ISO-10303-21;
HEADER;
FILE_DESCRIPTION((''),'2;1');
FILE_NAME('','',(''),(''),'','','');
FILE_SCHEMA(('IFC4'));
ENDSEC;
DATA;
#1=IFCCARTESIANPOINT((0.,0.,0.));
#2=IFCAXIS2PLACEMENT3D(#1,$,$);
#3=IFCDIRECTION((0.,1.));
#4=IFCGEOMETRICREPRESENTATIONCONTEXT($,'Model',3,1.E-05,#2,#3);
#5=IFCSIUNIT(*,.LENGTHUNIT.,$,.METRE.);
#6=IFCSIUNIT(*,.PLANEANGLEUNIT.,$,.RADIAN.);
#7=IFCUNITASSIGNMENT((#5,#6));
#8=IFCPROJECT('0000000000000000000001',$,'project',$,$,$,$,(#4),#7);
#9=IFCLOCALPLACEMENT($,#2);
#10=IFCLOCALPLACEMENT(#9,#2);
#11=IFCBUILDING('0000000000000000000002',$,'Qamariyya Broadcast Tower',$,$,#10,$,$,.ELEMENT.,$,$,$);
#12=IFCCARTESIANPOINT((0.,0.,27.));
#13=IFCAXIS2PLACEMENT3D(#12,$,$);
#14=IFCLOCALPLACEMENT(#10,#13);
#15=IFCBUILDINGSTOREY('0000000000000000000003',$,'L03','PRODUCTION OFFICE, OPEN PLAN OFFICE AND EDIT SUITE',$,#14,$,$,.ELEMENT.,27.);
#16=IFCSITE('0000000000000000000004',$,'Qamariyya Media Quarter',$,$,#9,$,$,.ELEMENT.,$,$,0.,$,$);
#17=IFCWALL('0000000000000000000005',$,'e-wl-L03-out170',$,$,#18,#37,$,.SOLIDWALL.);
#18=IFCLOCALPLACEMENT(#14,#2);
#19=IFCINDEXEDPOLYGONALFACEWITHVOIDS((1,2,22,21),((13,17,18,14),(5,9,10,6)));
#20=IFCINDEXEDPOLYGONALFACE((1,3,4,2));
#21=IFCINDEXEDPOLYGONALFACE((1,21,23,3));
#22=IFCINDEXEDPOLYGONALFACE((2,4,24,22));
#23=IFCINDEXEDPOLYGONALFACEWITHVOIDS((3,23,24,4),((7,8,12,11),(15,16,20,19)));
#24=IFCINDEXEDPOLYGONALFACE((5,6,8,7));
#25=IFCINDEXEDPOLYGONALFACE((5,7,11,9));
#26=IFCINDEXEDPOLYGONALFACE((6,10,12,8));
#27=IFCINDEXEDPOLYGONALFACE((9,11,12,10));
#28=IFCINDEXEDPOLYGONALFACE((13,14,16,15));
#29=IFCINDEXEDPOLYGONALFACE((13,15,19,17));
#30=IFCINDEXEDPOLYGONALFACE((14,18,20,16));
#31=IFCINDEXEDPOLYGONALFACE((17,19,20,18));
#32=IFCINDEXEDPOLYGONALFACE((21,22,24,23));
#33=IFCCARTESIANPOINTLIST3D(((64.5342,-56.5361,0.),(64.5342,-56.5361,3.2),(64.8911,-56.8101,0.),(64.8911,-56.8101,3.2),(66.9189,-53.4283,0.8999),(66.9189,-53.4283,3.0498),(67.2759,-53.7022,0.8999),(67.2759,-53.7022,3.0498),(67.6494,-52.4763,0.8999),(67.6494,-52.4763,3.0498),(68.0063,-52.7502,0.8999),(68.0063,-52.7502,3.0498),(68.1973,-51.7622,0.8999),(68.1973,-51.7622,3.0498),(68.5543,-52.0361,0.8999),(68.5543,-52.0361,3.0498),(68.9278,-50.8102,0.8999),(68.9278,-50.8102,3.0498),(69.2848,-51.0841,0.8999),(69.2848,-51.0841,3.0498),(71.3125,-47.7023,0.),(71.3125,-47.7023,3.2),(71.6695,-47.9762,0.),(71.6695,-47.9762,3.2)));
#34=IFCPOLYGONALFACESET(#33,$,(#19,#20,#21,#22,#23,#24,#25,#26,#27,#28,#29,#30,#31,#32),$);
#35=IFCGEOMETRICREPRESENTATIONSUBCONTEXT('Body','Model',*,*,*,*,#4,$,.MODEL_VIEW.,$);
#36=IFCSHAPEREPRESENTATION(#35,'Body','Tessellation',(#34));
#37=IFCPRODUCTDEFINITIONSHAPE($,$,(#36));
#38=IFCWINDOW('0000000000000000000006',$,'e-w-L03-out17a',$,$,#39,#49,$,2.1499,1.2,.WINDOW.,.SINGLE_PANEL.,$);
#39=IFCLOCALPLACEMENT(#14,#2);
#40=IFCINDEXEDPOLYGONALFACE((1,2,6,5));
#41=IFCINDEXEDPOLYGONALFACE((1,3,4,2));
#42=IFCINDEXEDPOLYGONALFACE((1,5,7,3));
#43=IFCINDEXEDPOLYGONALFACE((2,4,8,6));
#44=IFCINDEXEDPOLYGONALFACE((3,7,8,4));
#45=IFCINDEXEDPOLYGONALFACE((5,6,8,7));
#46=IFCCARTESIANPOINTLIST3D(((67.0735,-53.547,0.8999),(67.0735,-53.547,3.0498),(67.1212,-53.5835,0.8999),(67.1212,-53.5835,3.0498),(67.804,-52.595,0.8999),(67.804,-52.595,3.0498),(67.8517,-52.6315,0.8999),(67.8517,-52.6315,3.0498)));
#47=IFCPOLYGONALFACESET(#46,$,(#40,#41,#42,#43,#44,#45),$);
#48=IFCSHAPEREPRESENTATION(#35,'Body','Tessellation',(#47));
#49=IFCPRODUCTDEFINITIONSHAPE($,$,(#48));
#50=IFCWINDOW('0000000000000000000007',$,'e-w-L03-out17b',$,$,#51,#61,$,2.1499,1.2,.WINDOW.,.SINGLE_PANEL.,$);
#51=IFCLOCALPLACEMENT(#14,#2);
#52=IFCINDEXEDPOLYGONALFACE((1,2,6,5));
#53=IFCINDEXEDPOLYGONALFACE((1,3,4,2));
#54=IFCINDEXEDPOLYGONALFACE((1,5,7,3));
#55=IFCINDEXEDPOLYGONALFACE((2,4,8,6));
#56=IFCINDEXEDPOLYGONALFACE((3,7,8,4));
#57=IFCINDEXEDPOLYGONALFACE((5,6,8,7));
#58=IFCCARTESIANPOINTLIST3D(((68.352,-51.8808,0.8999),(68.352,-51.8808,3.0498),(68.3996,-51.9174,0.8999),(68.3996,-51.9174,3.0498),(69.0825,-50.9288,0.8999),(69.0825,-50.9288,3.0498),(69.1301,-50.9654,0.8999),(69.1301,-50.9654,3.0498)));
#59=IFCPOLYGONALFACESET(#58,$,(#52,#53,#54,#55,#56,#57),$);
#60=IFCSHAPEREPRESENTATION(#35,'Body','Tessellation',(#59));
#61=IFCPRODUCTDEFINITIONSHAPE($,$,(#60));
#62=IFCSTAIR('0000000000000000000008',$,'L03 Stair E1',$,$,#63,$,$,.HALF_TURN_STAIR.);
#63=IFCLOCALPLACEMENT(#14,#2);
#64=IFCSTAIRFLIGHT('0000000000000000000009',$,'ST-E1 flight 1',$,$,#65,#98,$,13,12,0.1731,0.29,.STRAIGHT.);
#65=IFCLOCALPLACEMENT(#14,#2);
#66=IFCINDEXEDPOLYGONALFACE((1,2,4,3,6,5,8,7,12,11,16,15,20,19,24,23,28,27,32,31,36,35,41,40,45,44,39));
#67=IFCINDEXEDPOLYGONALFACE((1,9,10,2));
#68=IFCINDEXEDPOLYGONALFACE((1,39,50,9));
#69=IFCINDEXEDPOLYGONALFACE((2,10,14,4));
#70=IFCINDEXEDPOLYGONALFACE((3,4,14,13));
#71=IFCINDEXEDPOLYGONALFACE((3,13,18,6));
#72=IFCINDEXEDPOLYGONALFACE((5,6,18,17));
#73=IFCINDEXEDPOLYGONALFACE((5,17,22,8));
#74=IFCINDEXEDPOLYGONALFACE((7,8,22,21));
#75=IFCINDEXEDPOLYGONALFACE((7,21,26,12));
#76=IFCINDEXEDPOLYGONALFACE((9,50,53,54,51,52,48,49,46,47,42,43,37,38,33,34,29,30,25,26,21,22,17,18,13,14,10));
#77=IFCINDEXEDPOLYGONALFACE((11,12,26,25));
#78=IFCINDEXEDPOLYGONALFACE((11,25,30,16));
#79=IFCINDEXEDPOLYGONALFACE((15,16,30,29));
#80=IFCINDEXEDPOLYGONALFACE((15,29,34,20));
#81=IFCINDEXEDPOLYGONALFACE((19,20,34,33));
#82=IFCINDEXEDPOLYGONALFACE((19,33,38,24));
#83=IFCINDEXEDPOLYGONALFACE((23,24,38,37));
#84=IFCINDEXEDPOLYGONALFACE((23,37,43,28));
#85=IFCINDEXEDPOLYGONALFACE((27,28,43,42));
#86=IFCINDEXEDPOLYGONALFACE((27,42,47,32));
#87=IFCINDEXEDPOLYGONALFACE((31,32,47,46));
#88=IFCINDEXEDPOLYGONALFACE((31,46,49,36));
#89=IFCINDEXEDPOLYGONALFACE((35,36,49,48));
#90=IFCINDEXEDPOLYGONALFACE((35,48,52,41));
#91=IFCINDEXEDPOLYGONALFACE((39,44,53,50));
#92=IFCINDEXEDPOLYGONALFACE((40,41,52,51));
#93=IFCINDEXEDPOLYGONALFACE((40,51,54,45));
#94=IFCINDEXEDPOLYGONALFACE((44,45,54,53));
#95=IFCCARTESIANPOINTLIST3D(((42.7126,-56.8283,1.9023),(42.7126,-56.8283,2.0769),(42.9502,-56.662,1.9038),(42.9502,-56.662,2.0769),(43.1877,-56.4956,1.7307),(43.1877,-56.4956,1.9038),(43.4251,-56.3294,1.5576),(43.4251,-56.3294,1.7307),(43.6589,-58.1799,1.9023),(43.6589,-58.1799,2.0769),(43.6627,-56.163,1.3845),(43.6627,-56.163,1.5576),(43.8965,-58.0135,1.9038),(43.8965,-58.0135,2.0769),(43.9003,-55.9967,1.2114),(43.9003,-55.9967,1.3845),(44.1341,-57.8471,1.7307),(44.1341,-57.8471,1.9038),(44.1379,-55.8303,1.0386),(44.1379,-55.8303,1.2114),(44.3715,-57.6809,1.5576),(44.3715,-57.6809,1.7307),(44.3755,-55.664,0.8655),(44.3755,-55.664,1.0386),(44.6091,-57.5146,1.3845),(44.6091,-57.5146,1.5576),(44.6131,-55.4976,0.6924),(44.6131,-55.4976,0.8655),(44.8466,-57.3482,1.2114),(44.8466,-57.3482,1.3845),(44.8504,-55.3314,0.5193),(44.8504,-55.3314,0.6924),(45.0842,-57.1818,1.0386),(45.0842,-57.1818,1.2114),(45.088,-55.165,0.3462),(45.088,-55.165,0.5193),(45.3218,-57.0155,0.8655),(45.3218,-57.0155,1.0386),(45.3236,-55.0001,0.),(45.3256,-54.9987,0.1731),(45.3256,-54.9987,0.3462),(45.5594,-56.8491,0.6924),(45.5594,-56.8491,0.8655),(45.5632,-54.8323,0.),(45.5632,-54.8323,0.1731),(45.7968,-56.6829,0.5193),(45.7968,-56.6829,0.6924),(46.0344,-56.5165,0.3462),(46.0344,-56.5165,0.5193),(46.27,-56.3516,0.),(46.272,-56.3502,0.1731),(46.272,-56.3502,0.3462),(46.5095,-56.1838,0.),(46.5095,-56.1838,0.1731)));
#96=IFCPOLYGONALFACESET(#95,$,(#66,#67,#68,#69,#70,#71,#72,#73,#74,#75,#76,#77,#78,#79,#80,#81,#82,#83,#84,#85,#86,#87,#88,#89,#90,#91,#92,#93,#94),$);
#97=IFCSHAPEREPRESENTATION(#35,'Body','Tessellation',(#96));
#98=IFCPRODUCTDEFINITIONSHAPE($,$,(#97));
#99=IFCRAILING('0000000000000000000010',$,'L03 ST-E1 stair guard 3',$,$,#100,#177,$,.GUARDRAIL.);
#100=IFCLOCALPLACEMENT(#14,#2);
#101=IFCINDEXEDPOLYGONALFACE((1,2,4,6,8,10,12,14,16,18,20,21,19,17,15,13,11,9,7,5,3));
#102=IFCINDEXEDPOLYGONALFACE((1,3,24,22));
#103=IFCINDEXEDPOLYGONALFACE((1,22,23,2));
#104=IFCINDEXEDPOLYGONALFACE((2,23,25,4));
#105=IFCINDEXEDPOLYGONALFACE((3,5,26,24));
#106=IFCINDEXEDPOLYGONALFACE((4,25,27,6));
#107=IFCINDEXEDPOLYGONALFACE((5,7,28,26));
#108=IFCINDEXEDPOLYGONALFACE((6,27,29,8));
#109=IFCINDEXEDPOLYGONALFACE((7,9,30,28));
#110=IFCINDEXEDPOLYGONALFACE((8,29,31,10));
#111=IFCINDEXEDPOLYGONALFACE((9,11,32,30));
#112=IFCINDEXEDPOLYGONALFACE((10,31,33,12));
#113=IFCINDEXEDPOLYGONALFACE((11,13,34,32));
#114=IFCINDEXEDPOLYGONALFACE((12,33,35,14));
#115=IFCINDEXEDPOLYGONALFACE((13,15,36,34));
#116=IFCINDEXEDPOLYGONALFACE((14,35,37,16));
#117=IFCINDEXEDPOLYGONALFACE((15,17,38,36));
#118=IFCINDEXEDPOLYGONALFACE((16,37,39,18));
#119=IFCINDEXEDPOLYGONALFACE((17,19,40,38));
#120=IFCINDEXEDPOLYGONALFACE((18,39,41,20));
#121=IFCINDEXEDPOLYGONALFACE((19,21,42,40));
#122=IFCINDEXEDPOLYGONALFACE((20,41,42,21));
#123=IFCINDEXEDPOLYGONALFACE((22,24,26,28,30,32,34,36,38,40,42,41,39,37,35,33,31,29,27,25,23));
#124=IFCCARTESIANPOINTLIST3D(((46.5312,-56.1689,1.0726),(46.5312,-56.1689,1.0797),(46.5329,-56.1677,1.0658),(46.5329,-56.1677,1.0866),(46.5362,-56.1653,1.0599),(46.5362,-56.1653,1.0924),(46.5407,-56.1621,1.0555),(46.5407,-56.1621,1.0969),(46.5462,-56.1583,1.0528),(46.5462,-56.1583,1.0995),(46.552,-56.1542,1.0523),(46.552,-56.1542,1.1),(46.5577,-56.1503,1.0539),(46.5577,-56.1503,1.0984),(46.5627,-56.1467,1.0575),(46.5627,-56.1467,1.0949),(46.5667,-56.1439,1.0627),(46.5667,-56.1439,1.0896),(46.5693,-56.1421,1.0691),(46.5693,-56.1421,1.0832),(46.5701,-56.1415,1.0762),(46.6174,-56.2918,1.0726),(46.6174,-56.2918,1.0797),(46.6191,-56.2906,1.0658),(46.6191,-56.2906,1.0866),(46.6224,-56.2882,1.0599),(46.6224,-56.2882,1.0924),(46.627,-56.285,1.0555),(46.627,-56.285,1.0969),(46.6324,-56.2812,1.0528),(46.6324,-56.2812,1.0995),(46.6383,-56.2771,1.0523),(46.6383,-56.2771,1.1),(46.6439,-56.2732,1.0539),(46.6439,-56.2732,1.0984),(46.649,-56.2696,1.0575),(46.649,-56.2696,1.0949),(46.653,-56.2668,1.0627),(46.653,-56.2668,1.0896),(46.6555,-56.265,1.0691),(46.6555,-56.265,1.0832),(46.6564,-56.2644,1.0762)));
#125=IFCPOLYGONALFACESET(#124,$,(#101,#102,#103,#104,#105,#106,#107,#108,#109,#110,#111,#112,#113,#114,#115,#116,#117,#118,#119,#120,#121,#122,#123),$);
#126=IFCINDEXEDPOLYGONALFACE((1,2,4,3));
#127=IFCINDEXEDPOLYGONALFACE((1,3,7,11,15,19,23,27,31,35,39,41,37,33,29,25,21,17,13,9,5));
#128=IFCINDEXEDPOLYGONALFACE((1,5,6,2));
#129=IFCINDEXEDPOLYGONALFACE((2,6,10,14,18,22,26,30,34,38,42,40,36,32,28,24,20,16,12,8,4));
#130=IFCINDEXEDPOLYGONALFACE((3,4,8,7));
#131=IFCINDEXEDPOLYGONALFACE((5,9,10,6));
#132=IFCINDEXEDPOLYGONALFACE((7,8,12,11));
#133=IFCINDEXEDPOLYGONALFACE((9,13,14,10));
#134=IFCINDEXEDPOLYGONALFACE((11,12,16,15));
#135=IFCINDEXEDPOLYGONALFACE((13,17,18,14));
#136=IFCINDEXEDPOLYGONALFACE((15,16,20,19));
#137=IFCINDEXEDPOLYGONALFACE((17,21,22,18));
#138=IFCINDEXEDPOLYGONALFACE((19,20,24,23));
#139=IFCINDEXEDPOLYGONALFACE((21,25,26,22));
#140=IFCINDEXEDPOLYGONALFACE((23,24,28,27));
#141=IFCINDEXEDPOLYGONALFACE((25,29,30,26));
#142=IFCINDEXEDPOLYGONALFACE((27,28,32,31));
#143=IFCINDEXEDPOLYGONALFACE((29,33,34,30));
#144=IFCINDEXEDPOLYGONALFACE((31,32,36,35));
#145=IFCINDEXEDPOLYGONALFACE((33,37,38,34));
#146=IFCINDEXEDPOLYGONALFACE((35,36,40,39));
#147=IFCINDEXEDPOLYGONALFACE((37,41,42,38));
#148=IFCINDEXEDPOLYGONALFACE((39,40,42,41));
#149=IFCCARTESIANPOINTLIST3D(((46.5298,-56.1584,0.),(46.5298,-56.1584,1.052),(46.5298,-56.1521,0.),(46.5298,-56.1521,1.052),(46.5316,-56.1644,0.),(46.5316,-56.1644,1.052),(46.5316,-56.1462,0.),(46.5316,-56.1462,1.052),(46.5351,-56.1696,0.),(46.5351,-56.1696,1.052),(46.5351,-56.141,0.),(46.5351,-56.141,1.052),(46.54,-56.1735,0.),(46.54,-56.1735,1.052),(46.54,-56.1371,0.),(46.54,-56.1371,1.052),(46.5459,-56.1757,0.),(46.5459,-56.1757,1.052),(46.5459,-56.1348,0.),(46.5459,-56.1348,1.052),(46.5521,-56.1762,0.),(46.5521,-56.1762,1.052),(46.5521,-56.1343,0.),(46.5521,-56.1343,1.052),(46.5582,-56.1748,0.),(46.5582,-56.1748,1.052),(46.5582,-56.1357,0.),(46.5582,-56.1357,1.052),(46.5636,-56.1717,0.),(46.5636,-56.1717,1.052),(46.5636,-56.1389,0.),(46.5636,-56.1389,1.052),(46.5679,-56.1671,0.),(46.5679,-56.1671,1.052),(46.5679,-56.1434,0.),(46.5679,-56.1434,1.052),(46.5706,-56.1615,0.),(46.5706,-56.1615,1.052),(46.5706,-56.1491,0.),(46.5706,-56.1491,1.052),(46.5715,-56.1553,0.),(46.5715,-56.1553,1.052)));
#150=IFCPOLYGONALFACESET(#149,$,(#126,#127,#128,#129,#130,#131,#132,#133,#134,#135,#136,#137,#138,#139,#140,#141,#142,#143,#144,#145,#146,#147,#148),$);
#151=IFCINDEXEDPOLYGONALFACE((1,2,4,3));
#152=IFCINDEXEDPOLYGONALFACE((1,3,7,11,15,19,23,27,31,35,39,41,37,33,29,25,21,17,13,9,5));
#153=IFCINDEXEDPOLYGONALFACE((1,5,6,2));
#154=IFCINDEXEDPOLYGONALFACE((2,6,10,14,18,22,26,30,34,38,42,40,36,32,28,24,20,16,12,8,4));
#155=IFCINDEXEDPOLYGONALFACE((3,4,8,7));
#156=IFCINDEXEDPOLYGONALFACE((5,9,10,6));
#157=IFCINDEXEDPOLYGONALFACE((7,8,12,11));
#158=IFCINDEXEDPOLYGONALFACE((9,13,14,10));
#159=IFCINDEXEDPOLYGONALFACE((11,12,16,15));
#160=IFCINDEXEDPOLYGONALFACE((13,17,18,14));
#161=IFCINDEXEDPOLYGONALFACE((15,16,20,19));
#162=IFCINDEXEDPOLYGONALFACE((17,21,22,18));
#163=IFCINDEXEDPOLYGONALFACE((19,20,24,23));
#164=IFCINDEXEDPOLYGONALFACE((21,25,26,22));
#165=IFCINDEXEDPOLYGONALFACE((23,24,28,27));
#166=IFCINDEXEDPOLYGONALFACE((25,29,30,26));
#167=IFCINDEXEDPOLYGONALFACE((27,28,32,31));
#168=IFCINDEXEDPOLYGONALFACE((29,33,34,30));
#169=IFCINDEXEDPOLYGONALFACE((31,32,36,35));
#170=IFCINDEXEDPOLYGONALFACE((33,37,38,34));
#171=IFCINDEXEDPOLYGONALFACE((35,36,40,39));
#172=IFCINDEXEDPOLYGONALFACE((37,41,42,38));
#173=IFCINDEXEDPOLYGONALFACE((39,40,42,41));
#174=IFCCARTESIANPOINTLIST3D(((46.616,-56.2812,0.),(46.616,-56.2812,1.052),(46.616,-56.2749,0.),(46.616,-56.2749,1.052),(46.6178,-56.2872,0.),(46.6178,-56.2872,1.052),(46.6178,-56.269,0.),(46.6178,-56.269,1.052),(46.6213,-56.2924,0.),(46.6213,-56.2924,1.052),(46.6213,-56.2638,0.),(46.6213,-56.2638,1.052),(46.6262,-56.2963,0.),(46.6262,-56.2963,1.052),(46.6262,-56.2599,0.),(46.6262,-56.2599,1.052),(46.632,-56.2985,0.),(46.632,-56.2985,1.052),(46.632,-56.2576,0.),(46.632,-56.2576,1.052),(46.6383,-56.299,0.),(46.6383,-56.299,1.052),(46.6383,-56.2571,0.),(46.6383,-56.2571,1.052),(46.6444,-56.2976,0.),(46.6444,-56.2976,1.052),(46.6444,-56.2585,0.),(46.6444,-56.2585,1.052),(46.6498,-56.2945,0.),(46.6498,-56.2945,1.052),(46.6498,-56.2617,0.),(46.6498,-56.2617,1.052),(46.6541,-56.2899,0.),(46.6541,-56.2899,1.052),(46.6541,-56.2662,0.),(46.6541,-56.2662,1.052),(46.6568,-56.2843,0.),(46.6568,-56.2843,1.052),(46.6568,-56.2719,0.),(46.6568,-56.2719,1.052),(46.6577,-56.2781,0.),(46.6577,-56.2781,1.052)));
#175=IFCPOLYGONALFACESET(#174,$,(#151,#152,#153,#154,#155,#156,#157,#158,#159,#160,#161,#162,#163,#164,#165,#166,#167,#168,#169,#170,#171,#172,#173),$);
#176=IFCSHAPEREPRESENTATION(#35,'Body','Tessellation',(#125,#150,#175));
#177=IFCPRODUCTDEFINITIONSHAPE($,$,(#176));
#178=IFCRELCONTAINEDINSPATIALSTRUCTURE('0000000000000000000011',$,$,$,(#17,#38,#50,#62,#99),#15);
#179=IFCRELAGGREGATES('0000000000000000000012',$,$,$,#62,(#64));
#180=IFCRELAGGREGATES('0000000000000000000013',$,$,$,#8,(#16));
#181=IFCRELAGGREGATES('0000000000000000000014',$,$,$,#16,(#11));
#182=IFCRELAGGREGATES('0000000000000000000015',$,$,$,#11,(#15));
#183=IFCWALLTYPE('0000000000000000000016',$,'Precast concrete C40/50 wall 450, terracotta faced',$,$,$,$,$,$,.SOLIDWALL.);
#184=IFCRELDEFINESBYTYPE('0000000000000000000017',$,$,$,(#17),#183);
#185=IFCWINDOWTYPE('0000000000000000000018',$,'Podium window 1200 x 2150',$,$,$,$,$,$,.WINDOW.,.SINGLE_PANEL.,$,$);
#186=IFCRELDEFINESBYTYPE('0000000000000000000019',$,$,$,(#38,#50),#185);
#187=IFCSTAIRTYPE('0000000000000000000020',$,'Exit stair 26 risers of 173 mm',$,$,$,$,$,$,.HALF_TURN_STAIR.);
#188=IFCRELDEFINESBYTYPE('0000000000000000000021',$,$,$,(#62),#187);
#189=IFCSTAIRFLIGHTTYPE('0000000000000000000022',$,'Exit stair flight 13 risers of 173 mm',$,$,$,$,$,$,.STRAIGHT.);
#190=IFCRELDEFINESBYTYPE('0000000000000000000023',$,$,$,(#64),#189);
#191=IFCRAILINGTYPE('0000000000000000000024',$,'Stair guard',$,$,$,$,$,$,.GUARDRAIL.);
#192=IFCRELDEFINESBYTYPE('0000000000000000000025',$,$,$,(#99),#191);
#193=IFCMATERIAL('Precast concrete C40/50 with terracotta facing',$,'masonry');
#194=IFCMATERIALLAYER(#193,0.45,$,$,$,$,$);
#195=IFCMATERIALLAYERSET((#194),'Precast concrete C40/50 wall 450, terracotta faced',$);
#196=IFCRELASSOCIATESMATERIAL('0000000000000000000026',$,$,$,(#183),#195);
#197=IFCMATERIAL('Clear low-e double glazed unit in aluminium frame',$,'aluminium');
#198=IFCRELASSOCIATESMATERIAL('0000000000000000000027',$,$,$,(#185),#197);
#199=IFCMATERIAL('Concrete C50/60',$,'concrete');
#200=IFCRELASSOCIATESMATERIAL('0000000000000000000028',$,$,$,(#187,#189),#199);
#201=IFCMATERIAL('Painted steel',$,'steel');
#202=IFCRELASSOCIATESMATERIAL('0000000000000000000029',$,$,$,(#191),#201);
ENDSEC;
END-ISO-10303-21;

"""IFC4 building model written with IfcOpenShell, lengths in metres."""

from ifc_helpers import new_model, si_unit, direction, frame, frame_2d, origin, origin_2d, place, context, subcontext, project, spatial, polyline, rectangle, circle, outline, extrude, material, layer, layer_set, type_object, element, fill, aggregate, save


model = new_model("IFC4")

# Units and contexts
model_context = context("Model", 3, precision=1e-05, world=origin(), true_north=direction((0.0, 1.0)))
body_context = subcontext(model_context, "Body", "Model", "MODEL_VIEW")
ifc_project = project(units=[si_unit("LENGTHUNIT", "METRE"), si_unit("PLANEANGLEUNIT", "RADIAN")], contexts=[model_context])

# Site, building, storey
site_placement = place(None, origin())
site = spatial("IfcSite", under=ifc_project, at=site_placement, Name="Qamariyya Media Quarter", CompositionType="ELEMENT", RefElevation=0.0)
building_placement = place(site_placement, origin())
building = spatial("IfcBuilding", under=site, at=building_placement, Name="Qamariyya Broadcast Tower", CompositionType="ELEMENT")
storey_placement = place(building_placement, frame((0.0, 0.0, 27.0)))
storey = spatial("IfcBuildingStorey", under=building, at=storey_placement, Name="L03", Description="PRODUCTION OFFICE, OPEN PLAN OFFICE AND EDIT SUITE", CompositionType="ELEMENT", Elevation=27.0)

# Shared definitions
ifc_material_1 = material(Name="Concrete C50/60", Category="concrete")

# Wall, openings, windows
ifc_material_2 = material(Name="Precast concrete C40/50 with terracotta facing", Category="masonry")
ifc_layer_1 = layer(ifc_material_2, 0.45)
ifc_layer_set_1 = layer_set([ifc_layer_1], Name="Precast concrete C40/50 wall 450, terracotta faced")
wall_type_1 = type_object("IfcWallType", Name="Precast concrete C40/50 wall 450, terracotta faced", PredefinedType="SOLIDWALL", material=ifc_layer_set_1)
wall_1_placement = place(storey_placement, frame((64.7126, -56.6731, 0.0), z_axis=(0.0, 0.0, 1.0), x_axis=(0.608759, 0.793355, 0.0)))
wall_1 = element("IfcWall", 1, at=wall_1_placement, inside=storey, type_object=wall_type_1, Name="e-wl-L03-out170", PredefinedType="SOLIDWALL", context=body_context, shape_type="SweptSolid", body=[
    extrude(rectangle(XDim=11.1348, YDim=0.45, at=frame_2d((5.5674, 0.0))), origin(), (0.0, 0.0, 1.0), 3.2),
])
opening_1_placement = place(wall_1_placement, frame((3.9172, 0.0, 0.8999)))
opening_1 = element("IfcOpeningElement", 2, at=opening_1_placement, cuts=wall_1, PredefinedType="OPENING", context=body_context, shape_type="SweptSolid", body=[
    extrude(rectangle(XDim=1.2, YDim=2.1499, at=frame_2d((0.6001, 1.075))), frame((0.0, 0.2349, 0.0), z_axis=(0.0, -1.0, 0.0), x_axis=(1.0, 0.0, 0.0)), (0.0, 0.0, 1.0), 0.47),
])
opening_2_placement = place(wall_1_placement, frame((6.0173, 0.0, 0.8999)))
opening_2 = element("IfcOpeningElement", 3, at=opening_2_placement, cuts=wall_1, PredefinedType="OPENING", context=body_context, shape_type="SweptSolid", body=[
    extrude(rectangle(XDim=1.2, YDim=2.1499, at=frame_2d((0.6001, 1.075))), frame((0.0, 0.2349, 0.0), z_axis=(0.0, -1.0, 0.0), x_axis=(1.0, 0.0, 0.0)), (0.0, 0.0, 1.0), 0.47),
])
ifc_material_3 = material(Name="Clear low-e double glazed unit in aluminium frame", Category="aluminium")
window_type = type_object("IfcWindowType", Name="Podium window 1200 x 2150", PartitioningType="SINGLE_PANEL", PredefinedType="WINDOW", material=ifc_material_3)
window_1_placement = place(opening_1_placement, origin())
window_1 = element("IfcWindow", 4, at=window_1_placement, inside=storey, type_object=window_type, Name="e-w-L03-out17a", OverallHeight=2.1499, OverallWidth=1.2, PartitioningType="SINGLE_PANEL", PredefinedType="WINDOW", context=body_context, shape_type="SweptSolid", body=[
    extrude(rectangle(XDim=1.2, YDim=2.1499, at=frame_2d((0.6001, 1.075))), frame((0.0, 0.03, 0.0), z_axis=(0.0, -1.0, 0.0), x_axis=(1.0, 0.0, 0.0)), (0.0, 0.0, 1.0), 0.0601),
])
fill(opening_1, window_1)
window_2_placement = place(opening_2_placement, origin())
window_2 = element("IfcWindow", 5, at=window_2_placement, inside=storey, type_object=window_type, Name="e-w-L03-out17b", OverallHeight=2.1499, OverallWidth=1.2, PartitioningType="SINGLE_PANEL", PredefinedType="WINDOW", context=body_context, shape_type="SweptSolid", body=[
    extrude(rectangle(XDim=1.2, YDim=2.1499, at=frame_2d((0.6001, 1.075))), frame((0.0, 0.03, 0.0), z_axis=(0.0, -1.0, 0.0), x_axis=(1.0, 0.0, 0.0)), (0.0, 0.0, 1.0), 0.0601),
])
fill(opening_2, window_2)

# Stair, stair flight
stair_type = type_object("IfcStairType", Name="Exit stair 26 risers of 173 mm", PredefinedType="HALF_TURN_STAIR", material=ifc_material_1)
stair_placement = place(storey_placement, origin())
stair = element("IfcStair", 6, at=stair_placement, inside=storey, type_object=stair_type, Name="L03 Stair E1", PredefinedType="HALF_TURN_STAIR")
stair_flight_type = type_object("IfcStairFlightType", Name="Exit stair flight 13 risers of 173 mm", PredefinedType="STRAIGHT", material=ifc_material_1)
stair_flight_placement = place(storey_placement, frame((46.0364, -55.5081, 0.0), z_axis=(0.0, 0.0, 1.0), x_axis=(-0.819152, -0.573576, 0.0)))
stair_flight = element("IfcStairFlight", 7, at=stair_flight_placement, type_object=stair_flight_type, Name="ST-E1 flight 1", NumberOfRisers=13, NumberOfTreads=12, PredefinedType="STRAIGHT", RiserHeight=0.1731, TreadLength=0.29, context=body_context, shape_type="SweptSolid", body=[
    extrude(outline(polyline([(0.0, 0.0), (0.0, 0.1731), (0.29, 0.1731), (0.29, 0.3462), (0.5801, 0.3462), (0.5801, 0.5193), (0.8701, 0.5193), (0.8701, 0.6924), (1.1599, 0.6924), (1.1599, 0.8655), (1.45, 0.8655), (1.45, 1.0386), (1.74, 1.0386), (1.74, 1.2114), (2.03, 1.2114), (2.03, 1.3845), (2.3201, 1.3845), (2.3201, 1.5576), (2.6101, 1.5576), (2.6101, 1.7307), (2.8999, 1.7307), (2.8999, 1.9038), (3.1899, 1.9038), (3.1899, 2.0769), (3.48, 2.0769), (3.48, 2.25), (3.48, 1.9023), (0.2925, 0.0), (0.0, 0.0)])), frame((0.0, 0.825, 0.0), z_axis=(0.0, -1.0, 0.0), x_axis=(1.0, 0.0, 0.0)), (0.0, 0.0, 1.0), 1.6499),
])
aggregate(stair, [stair_flight])

# Railing
ifc_material_4 = material(Name="Painted steel", Category="steel")
railing_type_1 = type_object("IfcRailingType", Name="Stair guard", PredefinedType="GUARDRAIL", material=ifc_material_4)
railing_1_placement = place(storey_placement, frame((46.5505, -56.1553, 0.0)))
element("IfcRailing", 8, at=railing_1_placement, inside=storey, type_object=railing_type_1, Name="L03 ST-E1 stair guard 3", PredefinedType="GUARDRAIL", context=body_context, shape_type="SweptSolid", body=[
    extrude(circle(Radius=0.0239, at=origin_2d()), frame((0.0, 0.0, 1.0762), z_axis=(0.574445, -0.818543, 0.0), x_axis=(0.818543, 0.574445, 0.0)), (0.0, 0.0, 1.0), 0.1501),
    extrude(circle(Radius=0.021, at=origin_2d()), origin(), (0.0, 0.0, 1.0), 1.052),
    extrude(circle(Radius=0.021, at=origin_2d()), frame((0.0862, -0.1228, 0.0)), (0.0, 0.0, 1.0), 1.052),
])

save(model, "model.ifc")
